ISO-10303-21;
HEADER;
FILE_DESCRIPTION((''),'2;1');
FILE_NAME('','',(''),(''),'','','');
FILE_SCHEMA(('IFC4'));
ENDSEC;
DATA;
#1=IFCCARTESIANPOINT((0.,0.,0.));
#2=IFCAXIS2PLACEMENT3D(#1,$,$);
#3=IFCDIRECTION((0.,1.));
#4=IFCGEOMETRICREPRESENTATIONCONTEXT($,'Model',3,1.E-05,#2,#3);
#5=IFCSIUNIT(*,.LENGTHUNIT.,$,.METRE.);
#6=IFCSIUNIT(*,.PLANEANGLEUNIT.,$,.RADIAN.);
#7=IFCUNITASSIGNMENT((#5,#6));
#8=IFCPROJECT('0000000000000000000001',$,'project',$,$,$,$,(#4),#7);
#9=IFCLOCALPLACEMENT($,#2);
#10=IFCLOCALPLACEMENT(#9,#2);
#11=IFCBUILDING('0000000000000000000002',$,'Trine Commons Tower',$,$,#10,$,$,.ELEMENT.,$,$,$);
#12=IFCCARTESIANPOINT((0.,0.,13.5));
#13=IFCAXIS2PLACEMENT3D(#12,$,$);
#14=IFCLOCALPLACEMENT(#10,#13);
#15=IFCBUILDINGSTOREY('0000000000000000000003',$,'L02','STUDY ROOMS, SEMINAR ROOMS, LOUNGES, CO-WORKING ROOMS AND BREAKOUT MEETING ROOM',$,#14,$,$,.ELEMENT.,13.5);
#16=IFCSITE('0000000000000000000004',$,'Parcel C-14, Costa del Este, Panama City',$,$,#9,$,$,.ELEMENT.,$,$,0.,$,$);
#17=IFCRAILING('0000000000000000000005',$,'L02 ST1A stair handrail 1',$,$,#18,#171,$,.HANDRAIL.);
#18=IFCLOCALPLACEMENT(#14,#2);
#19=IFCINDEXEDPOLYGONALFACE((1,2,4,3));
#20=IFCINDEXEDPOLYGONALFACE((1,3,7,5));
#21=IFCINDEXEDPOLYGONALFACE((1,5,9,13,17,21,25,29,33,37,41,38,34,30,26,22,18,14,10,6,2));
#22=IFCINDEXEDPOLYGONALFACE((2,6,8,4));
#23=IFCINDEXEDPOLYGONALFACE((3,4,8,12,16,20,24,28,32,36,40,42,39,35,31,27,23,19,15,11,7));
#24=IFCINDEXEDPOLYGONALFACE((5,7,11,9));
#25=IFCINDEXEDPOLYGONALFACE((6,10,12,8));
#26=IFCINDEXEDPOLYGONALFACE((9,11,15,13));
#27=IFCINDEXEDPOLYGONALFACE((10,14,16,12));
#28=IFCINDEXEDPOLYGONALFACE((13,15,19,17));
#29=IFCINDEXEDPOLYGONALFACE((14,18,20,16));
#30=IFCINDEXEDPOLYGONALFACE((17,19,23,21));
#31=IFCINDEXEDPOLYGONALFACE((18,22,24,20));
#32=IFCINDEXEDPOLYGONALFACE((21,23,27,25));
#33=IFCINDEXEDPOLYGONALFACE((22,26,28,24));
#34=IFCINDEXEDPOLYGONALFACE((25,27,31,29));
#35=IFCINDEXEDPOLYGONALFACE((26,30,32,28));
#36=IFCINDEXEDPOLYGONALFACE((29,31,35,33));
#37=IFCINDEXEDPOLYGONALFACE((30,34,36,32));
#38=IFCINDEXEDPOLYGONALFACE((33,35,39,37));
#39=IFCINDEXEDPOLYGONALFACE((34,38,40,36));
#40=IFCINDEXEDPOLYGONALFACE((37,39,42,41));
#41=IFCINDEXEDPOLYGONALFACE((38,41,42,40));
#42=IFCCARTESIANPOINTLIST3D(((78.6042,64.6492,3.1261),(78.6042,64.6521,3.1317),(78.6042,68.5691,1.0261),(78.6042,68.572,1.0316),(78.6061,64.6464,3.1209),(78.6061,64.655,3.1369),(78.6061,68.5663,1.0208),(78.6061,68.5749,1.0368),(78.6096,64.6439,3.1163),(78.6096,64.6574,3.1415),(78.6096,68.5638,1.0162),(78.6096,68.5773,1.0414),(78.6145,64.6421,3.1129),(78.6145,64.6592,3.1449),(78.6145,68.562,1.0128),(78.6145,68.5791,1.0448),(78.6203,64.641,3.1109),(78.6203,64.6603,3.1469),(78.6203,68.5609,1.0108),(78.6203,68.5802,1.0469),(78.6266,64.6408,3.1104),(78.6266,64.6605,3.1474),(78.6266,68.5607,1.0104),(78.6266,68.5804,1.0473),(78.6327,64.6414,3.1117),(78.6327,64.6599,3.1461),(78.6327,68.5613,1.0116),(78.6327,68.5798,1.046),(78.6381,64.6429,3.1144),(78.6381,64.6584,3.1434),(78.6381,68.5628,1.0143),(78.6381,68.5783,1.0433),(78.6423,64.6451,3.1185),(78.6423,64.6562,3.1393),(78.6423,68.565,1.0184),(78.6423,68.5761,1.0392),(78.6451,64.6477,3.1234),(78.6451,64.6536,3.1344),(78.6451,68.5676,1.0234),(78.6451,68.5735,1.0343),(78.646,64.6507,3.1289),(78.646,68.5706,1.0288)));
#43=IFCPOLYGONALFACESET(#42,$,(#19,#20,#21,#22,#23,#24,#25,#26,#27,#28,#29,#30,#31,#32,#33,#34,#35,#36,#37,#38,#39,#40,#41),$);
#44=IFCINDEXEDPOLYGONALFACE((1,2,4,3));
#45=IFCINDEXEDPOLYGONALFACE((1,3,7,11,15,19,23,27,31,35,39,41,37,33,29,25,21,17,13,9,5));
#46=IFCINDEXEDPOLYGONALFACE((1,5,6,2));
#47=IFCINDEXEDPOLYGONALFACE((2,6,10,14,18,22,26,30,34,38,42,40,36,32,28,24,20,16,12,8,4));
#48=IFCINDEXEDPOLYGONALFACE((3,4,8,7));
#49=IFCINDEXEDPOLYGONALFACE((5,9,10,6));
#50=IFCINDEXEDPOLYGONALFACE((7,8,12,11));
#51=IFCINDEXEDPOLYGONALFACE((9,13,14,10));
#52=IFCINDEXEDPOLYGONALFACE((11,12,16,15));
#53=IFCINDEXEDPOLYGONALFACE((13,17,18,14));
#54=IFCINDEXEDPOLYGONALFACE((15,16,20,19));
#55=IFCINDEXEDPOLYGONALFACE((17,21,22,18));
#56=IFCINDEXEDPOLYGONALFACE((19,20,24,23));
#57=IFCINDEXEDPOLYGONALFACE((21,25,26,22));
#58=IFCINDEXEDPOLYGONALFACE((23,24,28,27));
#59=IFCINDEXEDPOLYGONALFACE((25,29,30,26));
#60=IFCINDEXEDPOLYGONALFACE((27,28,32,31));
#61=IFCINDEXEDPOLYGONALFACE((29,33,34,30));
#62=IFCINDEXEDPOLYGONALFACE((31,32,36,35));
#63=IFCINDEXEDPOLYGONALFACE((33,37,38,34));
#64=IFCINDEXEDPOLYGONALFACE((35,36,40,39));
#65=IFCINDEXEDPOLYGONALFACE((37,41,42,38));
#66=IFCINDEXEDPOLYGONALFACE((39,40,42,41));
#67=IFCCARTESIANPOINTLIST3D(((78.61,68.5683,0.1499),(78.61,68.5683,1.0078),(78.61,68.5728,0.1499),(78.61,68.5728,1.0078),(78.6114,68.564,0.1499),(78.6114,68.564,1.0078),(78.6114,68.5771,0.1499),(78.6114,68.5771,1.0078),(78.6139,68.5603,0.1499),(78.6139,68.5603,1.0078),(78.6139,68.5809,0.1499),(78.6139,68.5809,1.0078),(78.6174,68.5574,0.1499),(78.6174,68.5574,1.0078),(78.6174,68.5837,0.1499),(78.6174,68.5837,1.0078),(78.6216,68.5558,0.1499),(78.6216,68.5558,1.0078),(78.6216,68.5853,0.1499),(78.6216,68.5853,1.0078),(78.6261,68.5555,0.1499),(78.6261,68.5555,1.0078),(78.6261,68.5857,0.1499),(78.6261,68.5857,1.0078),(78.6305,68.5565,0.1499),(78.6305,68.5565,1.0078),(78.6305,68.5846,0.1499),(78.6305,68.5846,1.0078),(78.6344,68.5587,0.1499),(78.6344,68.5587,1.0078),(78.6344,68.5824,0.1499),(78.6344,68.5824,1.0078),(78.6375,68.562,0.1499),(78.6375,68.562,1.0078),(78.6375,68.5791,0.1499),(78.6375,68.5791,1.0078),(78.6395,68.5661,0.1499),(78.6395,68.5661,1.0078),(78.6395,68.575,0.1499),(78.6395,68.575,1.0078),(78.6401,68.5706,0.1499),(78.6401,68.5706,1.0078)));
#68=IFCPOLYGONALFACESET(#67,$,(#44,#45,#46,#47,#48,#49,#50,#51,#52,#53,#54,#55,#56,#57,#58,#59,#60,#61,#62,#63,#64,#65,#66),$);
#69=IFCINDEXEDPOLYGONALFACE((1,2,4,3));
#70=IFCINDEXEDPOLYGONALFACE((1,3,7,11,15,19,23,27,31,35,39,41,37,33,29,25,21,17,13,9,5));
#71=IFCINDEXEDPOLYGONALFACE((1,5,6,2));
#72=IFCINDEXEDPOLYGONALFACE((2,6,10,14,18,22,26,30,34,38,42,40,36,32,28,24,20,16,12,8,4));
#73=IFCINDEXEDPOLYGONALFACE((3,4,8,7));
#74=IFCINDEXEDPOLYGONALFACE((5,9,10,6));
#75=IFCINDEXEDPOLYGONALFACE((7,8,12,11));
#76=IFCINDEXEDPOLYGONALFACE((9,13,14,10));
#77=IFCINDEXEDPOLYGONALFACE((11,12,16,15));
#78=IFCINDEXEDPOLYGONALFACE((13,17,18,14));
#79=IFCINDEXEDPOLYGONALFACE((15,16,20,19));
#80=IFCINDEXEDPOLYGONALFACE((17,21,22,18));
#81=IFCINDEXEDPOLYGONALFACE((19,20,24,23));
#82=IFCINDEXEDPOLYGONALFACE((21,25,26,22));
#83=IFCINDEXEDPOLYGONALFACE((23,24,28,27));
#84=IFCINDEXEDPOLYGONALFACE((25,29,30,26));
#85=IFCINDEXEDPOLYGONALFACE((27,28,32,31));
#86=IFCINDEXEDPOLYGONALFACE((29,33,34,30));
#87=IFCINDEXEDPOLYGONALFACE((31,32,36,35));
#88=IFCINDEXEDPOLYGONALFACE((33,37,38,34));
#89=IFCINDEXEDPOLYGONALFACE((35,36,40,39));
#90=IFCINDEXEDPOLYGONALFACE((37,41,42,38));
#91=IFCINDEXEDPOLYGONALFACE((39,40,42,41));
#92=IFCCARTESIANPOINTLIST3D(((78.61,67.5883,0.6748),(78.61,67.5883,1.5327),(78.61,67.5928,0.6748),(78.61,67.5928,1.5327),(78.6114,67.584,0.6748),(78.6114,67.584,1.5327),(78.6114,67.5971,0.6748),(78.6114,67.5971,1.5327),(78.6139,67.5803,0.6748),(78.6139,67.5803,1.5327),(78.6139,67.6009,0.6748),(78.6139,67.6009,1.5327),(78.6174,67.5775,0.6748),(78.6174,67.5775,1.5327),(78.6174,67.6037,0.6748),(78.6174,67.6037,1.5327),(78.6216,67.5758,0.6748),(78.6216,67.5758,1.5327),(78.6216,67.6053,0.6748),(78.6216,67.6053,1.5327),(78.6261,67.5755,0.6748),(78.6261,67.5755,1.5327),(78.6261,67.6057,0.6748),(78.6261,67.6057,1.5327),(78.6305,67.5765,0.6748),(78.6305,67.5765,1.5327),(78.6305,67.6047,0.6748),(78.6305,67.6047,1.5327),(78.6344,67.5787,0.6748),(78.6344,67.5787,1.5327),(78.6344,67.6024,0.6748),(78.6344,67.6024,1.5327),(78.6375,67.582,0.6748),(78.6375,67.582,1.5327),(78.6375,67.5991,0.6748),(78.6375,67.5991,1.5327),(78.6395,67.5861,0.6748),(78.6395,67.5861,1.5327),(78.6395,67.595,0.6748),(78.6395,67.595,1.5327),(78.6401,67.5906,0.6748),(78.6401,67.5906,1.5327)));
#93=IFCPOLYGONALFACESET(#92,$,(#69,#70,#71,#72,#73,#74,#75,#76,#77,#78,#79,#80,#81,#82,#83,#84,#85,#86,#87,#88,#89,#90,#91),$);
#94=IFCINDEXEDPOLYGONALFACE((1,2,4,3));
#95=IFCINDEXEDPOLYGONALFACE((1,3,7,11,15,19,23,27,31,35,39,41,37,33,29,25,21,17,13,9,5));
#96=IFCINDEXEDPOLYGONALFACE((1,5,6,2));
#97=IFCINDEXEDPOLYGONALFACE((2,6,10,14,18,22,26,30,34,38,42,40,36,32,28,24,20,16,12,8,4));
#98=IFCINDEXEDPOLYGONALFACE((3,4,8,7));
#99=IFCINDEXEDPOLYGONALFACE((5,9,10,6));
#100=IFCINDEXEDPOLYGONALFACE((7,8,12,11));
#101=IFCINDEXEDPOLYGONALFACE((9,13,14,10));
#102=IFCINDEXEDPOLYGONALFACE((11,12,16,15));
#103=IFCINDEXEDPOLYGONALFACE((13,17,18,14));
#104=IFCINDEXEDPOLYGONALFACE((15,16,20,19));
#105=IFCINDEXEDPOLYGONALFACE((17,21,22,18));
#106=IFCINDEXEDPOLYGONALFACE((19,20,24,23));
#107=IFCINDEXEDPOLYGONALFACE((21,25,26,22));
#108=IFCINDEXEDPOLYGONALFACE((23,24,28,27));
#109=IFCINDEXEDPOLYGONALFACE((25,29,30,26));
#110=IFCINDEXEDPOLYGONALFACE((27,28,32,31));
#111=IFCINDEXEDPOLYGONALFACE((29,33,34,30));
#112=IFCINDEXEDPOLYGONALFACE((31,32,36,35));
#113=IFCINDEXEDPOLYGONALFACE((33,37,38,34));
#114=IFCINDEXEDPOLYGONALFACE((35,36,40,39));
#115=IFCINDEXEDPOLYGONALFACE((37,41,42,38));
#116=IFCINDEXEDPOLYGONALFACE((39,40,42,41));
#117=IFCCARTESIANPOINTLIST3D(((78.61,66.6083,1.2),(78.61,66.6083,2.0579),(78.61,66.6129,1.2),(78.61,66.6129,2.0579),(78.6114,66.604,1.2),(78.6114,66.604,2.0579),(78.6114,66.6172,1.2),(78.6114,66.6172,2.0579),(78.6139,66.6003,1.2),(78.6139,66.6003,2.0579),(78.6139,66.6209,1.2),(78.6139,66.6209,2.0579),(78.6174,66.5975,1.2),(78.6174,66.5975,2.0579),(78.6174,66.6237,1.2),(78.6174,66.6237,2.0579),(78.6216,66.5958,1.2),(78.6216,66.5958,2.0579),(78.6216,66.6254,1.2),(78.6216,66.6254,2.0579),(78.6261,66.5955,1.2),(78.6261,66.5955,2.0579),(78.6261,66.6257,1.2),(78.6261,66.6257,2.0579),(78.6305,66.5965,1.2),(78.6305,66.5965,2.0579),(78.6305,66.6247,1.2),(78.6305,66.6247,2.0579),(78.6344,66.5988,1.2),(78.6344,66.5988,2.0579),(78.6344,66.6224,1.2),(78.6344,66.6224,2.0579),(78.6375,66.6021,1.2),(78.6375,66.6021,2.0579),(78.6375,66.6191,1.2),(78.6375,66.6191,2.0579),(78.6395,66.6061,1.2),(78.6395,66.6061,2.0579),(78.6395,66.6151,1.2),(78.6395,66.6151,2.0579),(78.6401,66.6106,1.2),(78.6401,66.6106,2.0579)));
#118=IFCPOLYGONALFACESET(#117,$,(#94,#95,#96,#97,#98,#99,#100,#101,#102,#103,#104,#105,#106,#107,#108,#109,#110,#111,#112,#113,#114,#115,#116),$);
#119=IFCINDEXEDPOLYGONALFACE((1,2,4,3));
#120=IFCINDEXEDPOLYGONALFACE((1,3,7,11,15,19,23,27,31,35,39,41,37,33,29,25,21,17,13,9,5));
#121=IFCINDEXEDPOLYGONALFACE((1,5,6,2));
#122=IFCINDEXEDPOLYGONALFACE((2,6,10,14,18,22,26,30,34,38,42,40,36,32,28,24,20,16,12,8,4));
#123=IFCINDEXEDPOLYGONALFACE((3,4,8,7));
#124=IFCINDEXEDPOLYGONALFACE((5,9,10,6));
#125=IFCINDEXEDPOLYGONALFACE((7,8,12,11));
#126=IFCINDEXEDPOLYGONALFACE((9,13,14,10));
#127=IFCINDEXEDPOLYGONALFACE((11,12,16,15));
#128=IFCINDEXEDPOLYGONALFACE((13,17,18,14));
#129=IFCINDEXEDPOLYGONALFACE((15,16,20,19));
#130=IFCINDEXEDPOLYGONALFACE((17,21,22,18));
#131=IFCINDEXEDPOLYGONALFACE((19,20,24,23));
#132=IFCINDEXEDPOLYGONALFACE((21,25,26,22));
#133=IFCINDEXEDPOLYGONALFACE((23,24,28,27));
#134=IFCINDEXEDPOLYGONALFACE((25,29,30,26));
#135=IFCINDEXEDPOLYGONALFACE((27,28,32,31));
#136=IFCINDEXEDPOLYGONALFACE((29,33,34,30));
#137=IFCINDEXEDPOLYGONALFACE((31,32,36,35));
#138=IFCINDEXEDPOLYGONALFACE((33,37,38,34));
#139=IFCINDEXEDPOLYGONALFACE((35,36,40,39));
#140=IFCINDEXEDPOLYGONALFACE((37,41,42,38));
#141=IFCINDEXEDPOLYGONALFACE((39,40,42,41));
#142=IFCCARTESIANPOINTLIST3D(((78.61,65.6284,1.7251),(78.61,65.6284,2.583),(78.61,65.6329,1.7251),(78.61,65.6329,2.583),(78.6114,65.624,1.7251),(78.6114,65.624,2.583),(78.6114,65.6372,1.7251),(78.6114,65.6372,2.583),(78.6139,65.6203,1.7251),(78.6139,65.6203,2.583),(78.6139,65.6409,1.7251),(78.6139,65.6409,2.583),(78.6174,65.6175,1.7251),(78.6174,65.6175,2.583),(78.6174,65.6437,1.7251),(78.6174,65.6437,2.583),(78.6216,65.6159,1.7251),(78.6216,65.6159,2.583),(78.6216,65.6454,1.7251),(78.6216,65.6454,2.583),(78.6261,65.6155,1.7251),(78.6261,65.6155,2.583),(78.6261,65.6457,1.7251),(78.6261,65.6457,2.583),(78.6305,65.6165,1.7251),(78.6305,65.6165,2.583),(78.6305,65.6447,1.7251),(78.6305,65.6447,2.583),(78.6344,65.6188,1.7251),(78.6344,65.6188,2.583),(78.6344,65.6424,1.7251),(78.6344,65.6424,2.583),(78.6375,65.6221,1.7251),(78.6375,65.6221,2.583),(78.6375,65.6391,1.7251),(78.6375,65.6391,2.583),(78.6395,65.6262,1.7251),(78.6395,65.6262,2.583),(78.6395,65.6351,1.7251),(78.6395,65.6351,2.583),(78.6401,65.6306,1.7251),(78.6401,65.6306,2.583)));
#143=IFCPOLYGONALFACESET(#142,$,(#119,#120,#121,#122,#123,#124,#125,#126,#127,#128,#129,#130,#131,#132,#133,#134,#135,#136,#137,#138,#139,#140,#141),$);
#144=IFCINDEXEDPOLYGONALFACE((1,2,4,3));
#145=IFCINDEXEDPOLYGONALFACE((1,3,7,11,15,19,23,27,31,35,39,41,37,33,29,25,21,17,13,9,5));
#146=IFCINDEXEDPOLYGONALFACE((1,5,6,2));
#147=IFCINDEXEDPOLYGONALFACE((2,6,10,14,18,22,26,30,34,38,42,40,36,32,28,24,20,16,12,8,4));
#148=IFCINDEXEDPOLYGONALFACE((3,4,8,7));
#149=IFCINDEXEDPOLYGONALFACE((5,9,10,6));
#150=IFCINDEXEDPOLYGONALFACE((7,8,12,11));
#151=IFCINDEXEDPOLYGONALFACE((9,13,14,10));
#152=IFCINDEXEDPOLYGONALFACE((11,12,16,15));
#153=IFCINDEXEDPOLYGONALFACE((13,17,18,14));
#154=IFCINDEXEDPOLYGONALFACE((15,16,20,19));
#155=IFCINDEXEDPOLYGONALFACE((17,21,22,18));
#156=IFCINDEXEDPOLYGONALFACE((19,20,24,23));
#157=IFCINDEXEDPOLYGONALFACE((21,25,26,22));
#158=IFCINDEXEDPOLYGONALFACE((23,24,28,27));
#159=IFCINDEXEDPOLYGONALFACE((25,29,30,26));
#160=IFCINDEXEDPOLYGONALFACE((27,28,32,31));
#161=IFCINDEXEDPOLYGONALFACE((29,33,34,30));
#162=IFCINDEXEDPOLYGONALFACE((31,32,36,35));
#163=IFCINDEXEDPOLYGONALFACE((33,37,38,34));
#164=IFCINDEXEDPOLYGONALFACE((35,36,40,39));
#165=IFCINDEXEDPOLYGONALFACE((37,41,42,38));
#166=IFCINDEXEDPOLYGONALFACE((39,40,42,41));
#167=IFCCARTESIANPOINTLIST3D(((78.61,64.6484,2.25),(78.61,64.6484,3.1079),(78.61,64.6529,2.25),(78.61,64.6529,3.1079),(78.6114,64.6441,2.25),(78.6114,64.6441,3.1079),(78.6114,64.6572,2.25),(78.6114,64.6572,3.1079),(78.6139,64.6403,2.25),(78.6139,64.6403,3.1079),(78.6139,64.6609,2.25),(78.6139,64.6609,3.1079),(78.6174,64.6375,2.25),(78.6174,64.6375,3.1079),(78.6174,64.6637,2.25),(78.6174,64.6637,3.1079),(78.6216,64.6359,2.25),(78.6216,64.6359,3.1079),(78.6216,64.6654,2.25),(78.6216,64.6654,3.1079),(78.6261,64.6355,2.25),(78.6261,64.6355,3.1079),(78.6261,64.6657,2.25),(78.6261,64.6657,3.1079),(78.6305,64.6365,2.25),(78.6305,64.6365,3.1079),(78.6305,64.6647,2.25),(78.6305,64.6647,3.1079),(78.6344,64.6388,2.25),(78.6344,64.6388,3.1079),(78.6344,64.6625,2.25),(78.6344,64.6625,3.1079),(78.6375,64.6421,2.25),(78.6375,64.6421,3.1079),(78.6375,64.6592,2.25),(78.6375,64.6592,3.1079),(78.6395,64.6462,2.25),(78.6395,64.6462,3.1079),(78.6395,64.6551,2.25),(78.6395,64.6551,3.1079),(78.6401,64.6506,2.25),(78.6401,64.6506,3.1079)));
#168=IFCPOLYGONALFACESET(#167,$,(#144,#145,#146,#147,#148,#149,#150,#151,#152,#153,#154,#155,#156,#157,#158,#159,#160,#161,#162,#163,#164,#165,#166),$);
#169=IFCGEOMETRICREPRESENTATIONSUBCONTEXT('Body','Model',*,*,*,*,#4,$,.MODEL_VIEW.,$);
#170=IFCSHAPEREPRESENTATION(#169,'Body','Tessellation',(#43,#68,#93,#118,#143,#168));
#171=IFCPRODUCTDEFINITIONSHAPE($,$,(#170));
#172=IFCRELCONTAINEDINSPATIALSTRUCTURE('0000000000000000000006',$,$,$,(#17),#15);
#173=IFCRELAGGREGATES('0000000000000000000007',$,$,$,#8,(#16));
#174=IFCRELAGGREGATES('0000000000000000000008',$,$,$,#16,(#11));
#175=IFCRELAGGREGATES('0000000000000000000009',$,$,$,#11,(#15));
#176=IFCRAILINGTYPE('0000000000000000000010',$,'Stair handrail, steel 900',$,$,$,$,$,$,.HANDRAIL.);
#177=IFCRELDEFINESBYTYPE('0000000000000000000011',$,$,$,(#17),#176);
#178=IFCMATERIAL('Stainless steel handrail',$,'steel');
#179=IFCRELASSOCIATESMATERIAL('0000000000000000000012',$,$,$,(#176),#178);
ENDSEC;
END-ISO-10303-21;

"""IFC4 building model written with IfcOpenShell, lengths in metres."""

from ifc_helpers import new_model, si_unit, direction, frame, origin, origin_2d, place, context, subcontext, project, spatial, circle, extrude, material, type_object, element, save


model = new_model("IFC4")

# Units and contexts
model_context = context("Model", 3, precision=1e-05, world=origin(), true_north=direction((0.0, 1.0)))
body_context = subcontext(model_context, "Body", "Model", "MODEL_VIEW")
ifc_project = project(units=[si_unit("LENGTHUNIT", "METRE"), si_unit("PLANEANGLEUNIT", "RADIAN")], contexts=[model_context])

# Site, building, storey
site_placement = place(None, origin())
site = spatial("IfcSite", under=ifc_project, at=site_placement, Name="Parcel C-14, Costa del Este, Panama City", CompositionType="ELEMENT", RefElevation=0.0)
building_placement = place(site_placement, origin())
building = spatial("IfcBuilding", under=site, at=building_placement, Name="Trine Commons Tower", CompositionType="ELEMENT")
storey_placement = place(building_placement, frame((0.0, 0.0, 13.5)))
storey = spatial("IfcBuildingStorey", under=building, at=storey_placement, Name="L02", Description="STUDY ROOMS, SEMINAR ROOMS, LOUNGES, CO-WORKING ROOMS AND BREAKOUT MEETING ROOM", CompositionType="ELEMENT", Elevation=13.5)

# Railing
ifc_material_1 = material(Name="Stainless steel handrail", Category="steel")
railing_type_1 = type_object("IfcRailingType", Name="Stair handrail, steel 900", PredefinedType="HANDRAIL", material=ifc_material_1)
railing_1_placement = place(storey_placement, frame((78.625, 68.5706, 0.1499)))
element("IfcRailing", 1, at=railing_1_placement, inside=storey, type_object=railing_type_1, Name="L02 ST1A stair handrail 1", PredefinedType="HANDRAIL", context=body_context, shape_type="SweptSolid", body=[
    extrude(circle(Radius=0.021, at=origin_2d()), frame((0.0, 0.0, 0.8789), z_axis=(0.0, -0.881467, 0.472246), x_axis=(1.0, 0.0, 0.0)), (0.0, 0.0, 1.0), 4.447),
    extrude(circle(Radius=0.0151, at=origin_2d()), origin(), (0.0, 0.0, 1.0), 0.8579),
    extrude(circle(Radius=0.0151, at=origin_2d()), frame((0.0, -0.98, 0.5249)), (0.0, 0.0, 1.0), 0.8579),
    extrude(circle(Radius=0.0151, at=origin_2d()), frame((0.0, -1.96, 1.05)), (0.0, 0.0, 1.0), 0.8579),
    extrude(circle(Radius=0.0151, at=origin_2d()), frame((0.0, -2.9399, 1.5752)), (0.0, 0.0, 1.0), 0.8579),
    extrude(circle(Radius=0.0151, at=origin_2d()), frame((0.0, -3.9199, 2.1001)), (0.0, 0.0, 1.0), 0.8579),
])

save(model, "model.ifc")
